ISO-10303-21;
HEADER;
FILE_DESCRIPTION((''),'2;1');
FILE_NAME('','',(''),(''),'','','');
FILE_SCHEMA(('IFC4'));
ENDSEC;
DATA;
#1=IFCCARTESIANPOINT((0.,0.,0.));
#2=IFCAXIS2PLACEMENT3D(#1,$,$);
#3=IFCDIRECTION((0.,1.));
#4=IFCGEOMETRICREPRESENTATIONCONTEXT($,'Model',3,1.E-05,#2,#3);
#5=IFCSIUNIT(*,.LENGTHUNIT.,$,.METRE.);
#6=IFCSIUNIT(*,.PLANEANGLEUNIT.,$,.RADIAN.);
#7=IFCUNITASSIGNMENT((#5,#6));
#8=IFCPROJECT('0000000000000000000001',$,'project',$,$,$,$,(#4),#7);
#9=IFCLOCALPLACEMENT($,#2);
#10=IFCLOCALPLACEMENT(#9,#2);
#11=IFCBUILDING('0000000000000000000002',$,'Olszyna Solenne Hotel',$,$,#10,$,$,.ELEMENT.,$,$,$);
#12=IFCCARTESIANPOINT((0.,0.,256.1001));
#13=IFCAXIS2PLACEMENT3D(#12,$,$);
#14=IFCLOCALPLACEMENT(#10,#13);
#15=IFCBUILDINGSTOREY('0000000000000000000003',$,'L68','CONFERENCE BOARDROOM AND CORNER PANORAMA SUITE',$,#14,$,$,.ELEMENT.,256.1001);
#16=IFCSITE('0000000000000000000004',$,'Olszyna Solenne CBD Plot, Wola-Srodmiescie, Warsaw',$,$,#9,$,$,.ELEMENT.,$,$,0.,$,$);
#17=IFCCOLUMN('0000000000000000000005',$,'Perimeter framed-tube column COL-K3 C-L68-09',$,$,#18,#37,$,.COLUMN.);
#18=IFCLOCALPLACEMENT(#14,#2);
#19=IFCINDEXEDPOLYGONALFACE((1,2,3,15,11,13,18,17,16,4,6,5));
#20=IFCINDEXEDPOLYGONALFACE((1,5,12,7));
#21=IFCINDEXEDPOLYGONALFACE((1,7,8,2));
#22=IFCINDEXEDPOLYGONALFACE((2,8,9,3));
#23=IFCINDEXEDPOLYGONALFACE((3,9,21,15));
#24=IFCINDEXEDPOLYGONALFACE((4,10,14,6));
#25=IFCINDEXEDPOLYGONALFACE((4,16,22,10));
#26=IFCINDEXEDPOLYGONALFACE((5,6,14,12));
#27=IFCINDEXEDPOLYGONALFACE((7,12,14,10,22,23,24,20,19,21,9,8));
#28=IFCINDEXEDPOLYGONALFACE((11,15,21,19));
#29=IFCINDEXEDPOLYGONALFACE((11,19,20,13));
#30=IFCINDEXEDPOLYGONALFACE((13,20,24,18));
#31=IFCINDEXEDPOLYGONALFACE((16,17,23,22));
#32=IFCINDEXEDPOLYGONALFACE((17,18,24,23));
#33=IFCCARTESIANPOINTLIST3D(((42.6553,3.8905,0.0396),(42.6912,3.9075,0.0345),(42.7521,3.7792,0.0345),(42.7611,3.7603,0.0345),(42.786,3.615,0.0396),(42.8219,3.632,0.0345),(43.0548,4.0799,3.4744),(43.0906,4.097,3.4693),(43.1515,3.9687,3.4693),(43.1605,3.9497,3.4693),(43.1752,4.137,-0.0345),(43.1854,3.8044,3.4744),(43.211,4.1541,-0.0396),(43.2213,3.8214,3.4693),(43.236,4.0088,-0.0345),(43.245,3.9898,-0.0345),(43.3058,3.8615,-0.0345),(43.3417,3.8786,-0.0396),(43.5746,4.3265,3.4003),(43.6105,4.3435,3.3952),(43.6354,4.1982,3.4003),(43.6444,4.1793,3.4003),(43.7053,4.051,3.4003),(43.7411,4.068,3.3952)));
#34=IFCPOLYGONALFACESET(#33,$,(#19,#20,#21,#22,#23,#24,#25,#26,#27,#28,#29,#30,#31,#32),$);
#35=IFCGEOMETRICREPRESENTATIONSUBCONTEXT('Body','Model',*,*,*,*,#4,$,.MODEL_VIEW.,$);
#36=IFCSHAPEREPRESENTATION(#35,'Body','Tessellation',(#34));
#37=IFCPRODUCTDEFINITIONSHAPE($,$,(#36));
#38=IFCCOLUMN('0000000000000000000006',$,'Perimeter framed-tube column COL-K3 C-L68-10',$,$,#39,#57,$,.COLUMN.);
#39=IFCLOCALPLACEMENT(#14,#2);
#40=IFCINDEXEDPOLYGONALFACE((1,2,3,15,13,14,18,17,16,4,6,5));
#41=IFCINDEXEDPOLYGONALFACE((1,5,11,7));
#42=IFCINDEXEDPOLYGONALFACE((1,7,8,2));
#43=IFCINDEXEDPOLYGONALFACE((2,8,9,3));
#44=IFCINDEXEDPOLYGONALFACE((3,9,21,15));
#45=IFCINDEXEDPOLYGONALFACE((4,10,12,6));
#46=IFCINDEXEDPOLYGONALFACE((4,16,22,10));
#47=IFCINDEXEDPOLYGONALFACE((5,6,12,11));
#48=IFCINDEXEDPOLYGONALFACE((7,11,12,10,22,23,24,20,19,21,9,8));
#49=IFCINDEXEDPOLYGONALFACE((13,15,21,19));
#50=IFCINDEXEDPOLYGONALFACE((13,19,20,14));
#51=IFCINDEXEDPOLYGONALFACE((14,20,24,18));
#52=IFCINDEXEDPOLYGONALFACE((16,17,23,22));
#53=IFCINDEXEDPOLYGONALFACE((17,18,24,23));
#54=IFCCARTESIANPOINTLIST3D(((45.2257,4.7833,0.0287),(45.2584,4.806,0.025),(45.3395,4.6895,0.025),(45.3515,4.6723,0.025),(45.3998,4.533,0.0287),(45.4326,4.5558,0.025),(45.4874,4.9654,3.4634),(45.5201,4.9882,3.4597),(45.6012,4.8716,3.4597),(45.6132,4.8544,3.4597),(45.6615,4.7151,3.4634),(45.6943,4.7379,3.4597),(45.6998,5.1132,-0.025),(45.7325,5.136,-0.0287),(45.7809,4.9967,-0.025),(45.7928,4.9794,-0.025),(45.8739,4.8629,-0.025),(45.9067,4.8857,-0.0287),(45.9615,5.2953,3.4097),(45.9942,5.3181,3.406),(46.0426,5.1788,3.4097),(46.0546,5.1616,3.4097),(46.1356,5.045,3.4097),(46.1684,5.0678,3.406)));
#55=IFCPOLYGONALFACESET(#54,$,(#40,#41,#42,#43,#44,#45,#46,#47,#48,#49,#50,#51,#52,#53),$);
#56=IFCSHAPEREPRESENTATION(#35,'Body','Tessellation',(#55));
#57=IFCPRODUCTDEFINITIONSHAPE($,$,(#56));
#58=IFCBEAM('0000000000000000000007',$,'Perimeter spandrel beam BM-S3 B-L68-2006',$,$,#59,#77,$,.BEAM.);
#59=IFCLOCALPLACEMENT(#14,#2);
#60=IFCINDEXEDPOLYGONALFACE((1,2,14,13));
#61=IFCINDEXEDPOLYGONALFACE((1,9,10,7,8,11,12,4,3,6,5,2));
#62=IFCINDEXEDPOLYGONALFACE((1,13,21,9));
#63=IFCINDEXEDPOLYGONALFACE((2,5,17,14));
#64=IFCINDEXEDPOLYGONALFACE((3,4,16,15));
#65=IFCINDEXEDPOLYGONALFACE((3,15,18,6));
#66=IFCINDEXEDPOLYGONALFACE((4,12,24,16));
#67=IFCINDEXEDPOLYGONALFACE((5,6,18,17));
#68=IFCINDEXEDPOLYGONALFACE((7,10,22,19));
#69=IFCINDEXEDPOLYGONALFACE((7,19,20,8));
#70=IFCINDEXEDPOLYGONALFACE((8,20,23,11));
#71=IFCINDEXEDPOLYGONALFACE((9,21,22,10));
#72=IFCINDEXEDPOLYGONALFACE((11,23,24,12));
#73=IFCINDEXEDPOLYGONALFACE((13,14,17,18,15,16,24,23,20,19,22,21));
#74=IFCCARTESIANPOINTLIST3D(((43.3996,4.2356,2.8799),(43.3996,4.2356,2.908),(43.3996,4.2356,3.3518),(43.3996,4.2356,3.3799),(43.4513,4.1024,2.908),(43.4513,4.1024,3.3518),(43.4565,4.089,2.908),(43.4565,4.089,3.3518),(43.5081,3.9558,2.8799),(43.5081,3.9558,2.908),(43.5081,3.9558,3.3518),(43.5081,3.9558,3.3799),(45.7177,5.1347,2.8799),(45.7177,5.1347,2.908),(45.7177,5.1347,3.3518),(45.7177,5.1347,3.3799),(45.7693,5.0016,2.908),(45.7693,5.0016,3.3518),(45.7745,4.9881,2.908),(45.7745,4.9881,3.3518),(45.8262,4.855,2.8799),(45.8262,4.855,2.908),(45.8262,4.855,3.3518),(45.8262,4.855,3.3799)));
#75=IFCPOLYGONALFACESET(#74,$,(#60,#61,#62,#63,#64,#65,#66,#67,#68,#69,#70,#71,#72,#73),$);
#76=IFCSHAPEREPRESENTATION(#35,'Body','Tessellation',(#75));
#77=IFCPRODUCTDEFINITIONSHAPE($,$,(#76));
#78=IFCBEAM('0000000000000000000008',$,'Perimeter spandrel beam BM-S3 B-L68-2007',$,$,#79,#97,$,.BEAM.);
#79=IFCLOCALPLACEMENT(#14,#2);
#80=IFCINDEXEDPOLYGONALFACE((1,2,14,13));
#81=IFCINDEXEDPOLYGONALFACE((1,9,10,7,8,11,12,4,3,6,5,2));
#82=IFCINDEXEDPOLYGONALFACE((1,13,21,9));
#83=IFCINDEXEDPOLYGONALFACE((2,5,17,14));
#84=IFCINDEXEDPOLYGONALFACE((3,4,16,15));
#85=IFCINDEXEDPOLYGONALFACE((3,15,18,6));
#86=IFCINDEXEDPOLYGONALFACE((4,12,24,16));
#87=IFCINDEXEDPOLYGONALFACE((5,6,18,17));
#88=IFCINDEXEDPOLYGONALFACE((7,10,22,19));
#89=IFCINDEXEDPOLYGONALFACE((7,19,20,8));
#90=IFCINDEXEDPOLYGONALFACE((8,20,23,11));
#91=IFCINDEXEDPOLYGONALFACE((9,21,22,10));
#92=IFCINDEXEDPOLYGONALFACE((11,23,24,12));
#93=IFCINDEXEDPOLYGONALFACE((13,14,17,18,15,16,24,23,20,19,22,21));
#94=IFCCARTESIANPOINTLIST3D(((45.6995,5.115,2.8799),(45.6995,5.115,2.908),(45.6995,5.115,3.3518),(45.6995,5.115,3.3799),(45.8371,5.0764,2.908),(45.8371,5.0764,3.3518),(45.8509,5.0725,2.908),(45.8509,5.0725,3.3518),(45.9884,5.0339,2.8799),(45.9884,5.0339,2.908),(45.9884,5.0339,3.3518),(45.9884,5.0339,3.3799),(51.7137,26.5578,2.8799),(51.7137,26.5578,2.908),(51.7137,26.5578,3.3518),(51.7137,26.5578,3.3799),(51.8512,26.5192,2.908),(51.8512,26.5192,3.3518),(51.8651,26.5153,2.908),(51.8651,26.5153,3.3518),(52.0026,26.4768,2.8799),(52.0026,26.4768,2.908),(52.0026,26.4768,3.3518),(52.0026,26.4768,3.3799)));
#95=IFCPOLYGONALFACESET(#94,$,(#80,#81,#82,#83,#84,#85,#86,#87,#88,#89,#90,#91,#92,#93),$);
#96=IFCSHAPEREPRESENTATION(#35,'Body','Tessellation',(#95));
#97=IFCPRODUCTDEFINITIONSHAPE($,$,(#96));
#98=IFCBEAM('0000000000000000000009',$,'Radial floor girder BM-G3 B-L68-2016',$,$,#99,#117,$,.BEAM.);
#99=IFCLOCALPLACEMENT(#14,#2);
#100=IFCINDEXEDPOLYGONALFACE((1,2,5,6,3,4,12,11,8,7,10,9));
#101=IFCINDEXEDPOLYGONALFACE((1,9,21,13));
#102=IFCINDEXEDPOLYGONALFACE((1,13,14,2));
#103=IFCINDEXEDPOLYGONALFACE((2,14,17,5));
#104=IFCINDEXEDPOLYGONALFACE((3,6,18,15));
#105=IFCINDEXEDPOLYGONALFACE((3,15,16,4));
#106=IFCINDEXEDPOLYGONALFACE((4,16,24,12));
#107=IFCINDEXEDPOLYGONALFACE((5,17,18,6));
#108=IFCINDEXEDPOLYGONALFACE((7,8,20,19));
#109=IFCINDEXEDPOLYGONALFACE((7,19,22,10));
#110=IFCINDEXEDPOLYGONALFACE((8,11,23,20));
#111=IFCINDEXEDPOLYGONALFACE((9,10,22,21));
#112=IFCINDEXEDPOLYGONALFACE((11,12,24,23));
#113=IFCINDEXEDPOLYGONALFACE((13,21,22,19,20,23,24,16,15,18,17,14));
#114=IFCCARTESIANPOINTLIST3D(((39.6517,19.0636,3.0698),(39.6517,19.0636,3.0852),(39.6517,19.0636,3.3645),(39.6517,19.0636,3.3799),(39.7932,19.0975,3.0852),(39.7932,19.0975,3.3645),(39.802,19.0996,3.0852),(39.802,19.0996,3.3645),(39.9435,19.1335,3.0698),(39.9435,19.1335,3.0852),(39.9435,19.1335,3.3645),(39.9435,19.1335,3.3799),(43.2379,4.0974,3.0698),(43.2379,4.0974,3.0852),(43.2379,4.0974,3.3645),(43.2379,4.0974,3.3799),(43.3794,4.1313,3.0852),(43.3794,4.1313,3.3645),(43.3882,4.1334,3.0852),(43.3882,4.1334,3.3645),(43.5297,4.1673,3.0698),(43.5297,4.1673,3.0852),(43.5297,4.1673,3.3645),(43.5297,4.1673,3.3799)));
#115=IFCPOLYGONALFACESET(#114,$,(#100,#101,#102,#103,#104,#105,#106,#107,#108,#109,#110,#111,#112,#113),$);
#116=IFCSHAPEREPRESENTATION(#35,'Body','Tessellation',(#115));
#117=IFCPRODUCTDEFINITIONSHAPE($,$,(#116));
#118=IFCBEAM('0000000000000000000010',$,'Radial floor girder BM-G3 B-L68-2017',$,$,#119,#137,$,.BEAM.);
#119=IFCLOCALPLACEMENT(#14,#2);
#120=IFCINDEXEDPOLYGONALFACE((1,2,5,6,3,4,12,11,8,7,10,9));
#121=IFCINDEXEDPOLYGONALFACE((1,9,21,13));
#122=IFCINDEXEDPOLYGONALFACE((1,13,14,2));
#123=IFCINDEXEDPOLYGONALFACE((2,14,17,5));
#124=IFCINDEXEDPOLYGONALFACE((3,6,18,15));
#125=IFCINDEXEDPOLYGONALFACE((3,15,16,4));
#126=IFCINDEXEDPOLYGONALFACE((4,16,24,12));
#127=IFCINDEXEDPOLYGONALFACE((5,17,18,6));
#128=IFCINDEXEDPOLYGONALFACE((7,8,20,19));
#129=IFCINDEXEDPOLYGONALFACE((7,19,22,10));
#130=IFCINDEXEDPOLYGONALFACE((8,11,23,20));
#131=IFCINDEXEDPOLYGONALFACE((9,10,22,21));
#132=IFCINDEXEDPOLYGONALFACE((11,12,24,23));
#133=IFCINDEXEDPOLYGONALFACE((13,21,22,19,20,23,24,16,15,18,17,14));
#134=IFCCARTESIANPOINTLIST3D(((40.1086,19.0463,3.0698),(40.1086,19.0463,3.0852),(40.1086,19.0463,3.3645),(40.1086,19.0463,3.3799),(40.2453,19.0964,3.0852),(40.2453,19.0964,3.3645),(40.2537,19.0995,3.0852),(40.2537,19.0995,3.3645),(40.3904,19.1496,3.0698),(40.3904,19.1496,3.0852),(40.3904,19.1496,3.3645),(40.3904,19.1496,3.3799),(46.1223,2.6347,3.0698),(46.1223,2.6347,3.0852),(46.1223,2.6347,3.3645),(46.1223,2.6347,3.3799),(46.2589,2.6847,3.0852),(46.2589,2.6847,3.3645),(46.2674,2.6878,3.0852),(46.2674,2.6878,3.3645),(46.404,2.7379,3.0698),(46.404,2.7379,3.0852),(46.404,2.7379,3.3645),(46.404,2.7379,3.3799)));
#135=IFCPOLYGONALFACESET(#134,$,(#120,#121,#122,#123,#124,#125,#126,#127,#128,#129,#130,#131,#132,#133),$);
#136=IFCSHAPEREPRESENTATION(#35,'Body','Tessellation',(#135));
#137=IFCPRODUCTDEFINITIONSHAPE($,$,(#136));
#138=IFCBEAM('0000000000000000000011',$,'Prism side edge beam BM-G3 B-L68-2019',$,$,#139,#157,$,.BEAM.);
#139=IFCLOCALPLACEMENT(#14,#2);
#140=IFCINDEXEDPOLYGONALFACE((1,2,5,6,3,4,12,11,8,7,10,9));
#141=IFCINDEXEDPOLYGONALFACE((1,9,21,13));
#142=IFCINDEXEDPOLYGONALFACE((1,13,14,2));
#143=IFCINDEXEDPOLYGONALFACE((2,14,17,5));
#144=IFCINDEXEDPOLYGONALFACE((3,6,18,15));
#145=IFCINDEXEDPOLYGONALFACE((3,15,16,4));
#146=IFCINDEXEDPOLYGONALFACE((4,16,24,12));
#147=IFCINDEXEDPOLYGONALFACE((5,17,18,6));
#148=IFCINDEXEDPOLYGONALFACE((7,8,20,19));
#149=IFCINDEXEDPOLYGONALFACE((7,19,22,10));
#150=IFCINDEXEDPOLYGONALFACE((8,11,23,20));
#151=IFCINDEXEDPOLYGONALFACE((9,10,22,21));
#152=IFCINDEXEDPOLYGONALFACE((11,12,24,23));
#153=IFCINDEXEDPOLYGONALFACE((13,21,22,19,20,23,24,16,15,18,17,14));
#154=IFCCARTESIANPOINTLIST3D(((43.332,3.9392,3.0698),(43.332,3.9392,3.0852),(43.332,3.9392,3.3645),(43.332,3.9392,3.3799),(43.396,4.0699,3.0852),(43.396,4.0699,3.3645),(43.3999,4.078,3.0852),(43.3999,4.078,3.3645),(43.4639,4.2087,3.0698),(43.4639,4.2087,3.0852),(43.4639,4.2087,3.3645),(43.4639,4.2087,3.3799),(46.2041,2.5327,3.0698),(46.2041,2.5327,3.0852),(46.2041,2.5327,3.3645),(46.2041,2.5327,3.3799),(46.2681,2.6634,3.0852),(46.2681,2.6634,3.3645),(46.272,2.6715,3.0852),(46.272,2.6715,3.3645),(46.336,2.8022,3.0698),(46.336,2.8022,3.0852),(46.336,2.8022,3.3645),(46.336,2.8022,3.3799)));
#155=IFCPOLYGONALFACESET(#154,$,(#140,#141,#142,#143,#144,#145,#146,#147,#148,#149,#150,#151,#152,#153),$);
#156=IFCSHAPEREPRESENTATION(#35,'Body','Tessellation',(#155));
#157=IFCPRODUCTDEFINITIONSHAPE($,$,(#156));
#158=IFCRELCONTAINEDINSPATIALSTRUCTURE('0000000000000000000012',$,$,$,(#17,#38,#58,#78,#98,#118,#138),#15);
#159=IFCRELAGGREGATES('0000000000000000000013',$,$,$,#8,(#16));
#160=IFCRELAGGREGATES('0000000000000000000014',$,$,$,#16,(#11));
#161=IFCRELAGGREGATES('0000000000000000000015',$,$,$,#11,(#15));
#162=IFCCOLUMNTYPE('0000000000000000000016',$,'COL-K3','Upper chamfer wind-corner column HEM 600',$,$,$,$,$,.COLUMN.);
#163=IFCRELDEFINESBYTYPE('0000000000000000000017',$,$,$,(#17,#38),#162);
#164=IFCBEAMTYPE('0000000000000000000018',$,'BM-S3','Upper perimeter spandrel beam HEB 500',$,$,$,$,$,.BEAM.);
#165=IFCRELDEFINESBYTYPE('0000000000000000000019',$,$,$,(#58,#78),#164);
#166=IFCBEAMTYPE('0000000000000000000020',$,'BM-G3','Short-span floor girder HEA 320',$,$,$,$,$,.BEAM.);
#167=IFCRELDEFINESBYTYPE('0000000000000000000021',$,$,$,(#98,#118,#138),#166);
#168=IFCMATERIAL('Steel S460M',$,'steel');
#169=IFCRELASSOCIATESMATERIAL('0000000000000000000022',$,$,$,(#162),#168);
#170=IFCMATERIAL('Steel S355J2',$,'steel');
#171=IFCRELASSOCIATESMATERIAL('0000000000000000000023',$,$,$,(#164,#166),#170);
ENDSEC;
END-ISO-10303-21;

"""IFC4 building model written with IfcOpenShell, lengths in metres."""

from ifc_helpers import new_model, si_unit, direction, frame, origin, origin_2d, place, context, subcontext, project, spatial, i_section, extrude, source, transform, mapped, material, material_profile, profile_set, type_object, element, save


model = new_model("IFC4")

# Units and contexts
model_context = context("Model", 3, precision=1e-05, world=origin(), true_north=direction((0.0, 1.0)))
body_context = subcontext(model_context, "Body", "Model", "MODEL_VIEW")
ifc_project = project(units=[si_unit("LENGTHUNIT", "METRE"), si_unit("PLANEANGLEUNIT", "RADIAN")], contexts=[model_context])

# Site, building, storey
site_placement = place(None, origin())
site = spatial("IfcSite", under=ifc_project, at=site_placement, Name="Olszyna Solenne CBD Plot, Wola-Srodmiescie, Warsaw", CompositionType="ELEMENT", RefElevation=0.0)
building_placement = place(site_placement, origin())
building = spatial("IfcBuilding", under=site, at=building_placement, Name="Olszyna Solenne Hotel", CompositionType="ELEMENT")
storey_placement = place(building_placement, frame((0.0, 0.0, 256.1001)))
storey = spatial("IfcBuildingStorey", under=building, at=storey_placement, Name="L68", Description="CONFERENCE BOARDROOM AND CORNER PANORAMA SUITE", CompositionType="ELEMENT", Elevation=256.1001)

# Columns
ifc_material_1 = material(Name="Steel S460M", Category="steel")
ifc_material_profile_1 = material_profile(ifc_material_1, i_section(OverallWidth=0.3049, OverallDepth=0.6201, WebThickness=0.021, FlangeThickness=0.04, at=origin_2d()), Name="HEM 600", Category="load-bearing")
ifc_profile_set_1 = profile_set([ifc_material_profile_1], Name="Steel S460M")
column_type = type_object("IfcColumnType", Name="COL-K3", Description="Upper chamfer wind-corner column HEM 600", PredefinedType="COLUMN", material=ifc_profile_set_1)
shared_shape_1 = source(origin(), body_context, "Body", "SweptSolid", [
    extrude(i_section(OverallWidth=0.3049, OverallDepth=0.6201, WebThickness=0.021, FlangeThickness=0.04, at=origin_2d()), origin(), (0.0, 0.0, 1.0), 3.4631),
])
column_1_placement = place(storey_placement, frame((42.9985, 3.8845, 0.0), z_axis=(0.115333, 0.054706, 0.991819), x_axis=(-0.428561, 0.903513, 0.0)))
element("IfcColumn", 1, at=column_1_placement, inside=storey, type_object=column_type, Name="Perimeter framed-tube column COL-K3 C-L68-09", PredefinedType="COLUMN", context=body_context, shape_type="MappedRepresentation", body=[
    mapped(shared_shape_1, transform((0.0, 0.0, 0.0), x_axis=(1.0, 0.0, 0.0), y_axis=(0.0, 1.0, 0.0), z_axis=(0.0, 0.0, 1.0), scale=1.0)),
])
shared_shape_2 = source(origin(), body_context, "Body", "SweptSolid", [
    extrude(i_section(OverallWidth=0.3049, OverallDepth=0.6201, WebThickness=0.021, FlangeThickness=0.04, at=origin_2d()), origin(), (0.0, 0.0, 1.0), 3.4495),
])
column_2_placement = place(storey_placement, frame((45.5662, 4.8345, 0.0), z_axis=(0.07587, 0.052797, 0.995719), x_axis=(-0.571199, 0.820812, 0.0)))
element("IfcColumn", 2, at=column_2_placement, inside=storey, type_object=column_type, Name="Perimeter framed-tube column COL-K3 C-L68-10", PredefinedType="COLUMN", context=body_context, shape_type="MappedRepresentation", body=[
    mapped(shared_shape_2, transform((0.0, 0.0, 0.0), x_axis=(1.0, 0.0, 0.0), y_axis=(0.0, 1.0, 0.0), z_axis=(0.0, 0.0, 1.0), scale=1.0)),
])

# Beams
ifc_material_2 = material(Name="Steel S355J2", Category="steel")
ifc_material_profile_2 = material_profile(ifc_material_2, i_section(OverallWidth=0.3, OverallDepth=0.5, WebThickness=0.0144, FlangeThickness=0.0281, at=origin_2d()), Name="HEB 500", Category="load-bearing")
ifc_profile_set_2 = profile_set([ifc_material_profile_2], Name="Steel S355J2")
beam_type_1 = type_object("IfcBeamType", Name="BM-S3", Description="Upper perimeter spandrel beam HEB 500", PredefinedType="BEAM", material=ifc_profile_set_2)
shared_shape_3 = source(origin(), body_context, "Body", "SweptSolid", [
    extrude(i_section(OverallWidth=0.3, OverallDepth=0.5, WebThickness=0.0144, FlangeThickness=0.0281, at=origin_2d()), origin(), (0.0, 0.0, 1.0), 2.4863),
])
beam_1_placement = place(storey_placement, frame((43.4539, 4.0957, 3.1299), z_axis=(0.932319, 0.361636, 0.0), x_axis=(-0.361636, 0.932319, 0.0)))
element("IfcBeam", 3, at=beam_1_placement, inside=storey, type_object=beam_type_1, Name="Perimeter spandrel beam BM-S3 B-L68-2006", PredefinedType="BEAM", context=body_context, shape_type="MappedRepresentation", body=[
    mapped(shared_shape_3, transform((0.0, 0.0, 0.0), x_axis=(1.0, 0.0, 0.0), y_axis=(0.0, 1.0, 0.0), z_axis=(0.0, 0.0, 1.0), scale=1.0)),
])
shared_shape_4 = source(origin(), body_context, "Body", "SweptSolid", [
    extrude(i_section(OverallWidth=0.3, OverallDepth=0.5, WebThickness=0.0144, FlangeThickness=0.0281, at=origin_2d()), origin(), (0.0, 0.0, 1.0), 22.2703),
])
beam_2_placement = place(storey_placement, frame((45.844, 5.0745, 3.1299), z_axis=(0.270053, 0.962846, 0.0), x_axis=(-0.962846, 0.270053, 0.0)))
element("IfcBeam", 4, at=beam_2_placement, inside=storey, type_object=beam_type_1, Name="Perimeter spandrel beam BM-S3 B-L68-2007", PredefinedType="BEAM", context=body_context, shape_type="MappedRepresentation", body=[
    mapped(shared_shape_4, transform((0.0, 0.0, 0.0), x_axis=(1.0, 0.0, 0.0), y_axis=(0.0, 1.0, 0.0), z_axis=(0.0, 0.0, 1.0), scale=1.0)),
])
ifc_material_profile_3 = material_profile(ifc_material_2, i_section(OverallWidth=0.3, OverallDepth=0.3101, WebThickness=0.009, FlangeThickness=0.0154, at=origin_2d()), Name="HEA 320", Category="load-bearing")
ifc_profile_set_3 = profile_set([ifc_material_profile_3], Name="Steel S355J2")
beam_type_2 = type_object("IfcBeamType", Name="BM-G3", Description="Short-span floor girder HEA 320", PredefinedType="BEAM", material=ifc_profile_set_3)
shared_shape_5 = source(origin(), body_context, "Body", "SweptSolid", [
    extrude(i_section(OverallWidth=0.3, OverallDepth=0.3101, WebThickness=0.009, FlangeThickness=0.0154, at=origin_2d()), origin(), (0.0, 0.0, 1.0), 15.3899),
])
beam_3_placement = place(storey_placement, frame((43.3838, 4.1323, 3.2249), z_axis=(-0.233021, 0.972472, 0.0), x_axis=(-0.972472, -0.233021, 0.0)))
element("IfcBeam", 5, at=beam_3_placement, inside=storey, type_object=beam_type_2, Name="Radial floor girder BM-G3 B-L68-2016", PredefinedType="BEAM", context=body_context, shape_type="MappedRepresentation", body=[
    mapped(shared_shape_5, transform((0.0, 0.0, 0.0), x_axis=(1.0, 0.0, 0.0), y_axis=(0.0, 1.0, 0.0), z_axis=(0.0, 0.0, 1.0), scale=1.0)),
])
shared_shape_6 = source(origin(), body_context, "Body", "SweptSolid", [
    extrude(i_section(OverallWidth=0.3, OverallDepth=0.3101, WebThickness=0.009, FlangeThickness=0.0154, at=origin_2d()), origin(), (0.0, 0.0, 1.0), 17.4788),
])
beam_4_placement = place(storey_placement, frame((46.2632, 2.6863, 3.2249), z_axis=(-0.344057, 0.938949, 0.0), x_axis=(-0.938949, -0.344057, 0.0)))
element("IfcBeam", 6, at=beam_4_placement, inside=storey, type_object=beam_type_2, Name="Radial floor girder BM-G3 B-L68-2017", PredefinedType="BEAM", context=body_context, shape_type="MappedRepresentation", body=[
    mapped(shared_shape_6, transform((0.0, 0.0, 0.0), x_axis=(1.0, 0.0, 0.0), y_axis=(0.0, 1.0, 0.0), z_axis=(0.0, 0.0, 1.0), scale=1.0)),
])
shared_shape_7 = source(origin(), body_context, "Body", "SweptSolid", [
    extrude(i_section(OverallWidth=0.3, OverallDepth=0.3101, WebThickness=0.009, FlangeThickness=0.0154, at=origin_2d()), origin(), (0.0, 0.0, 1.0), 3.198),
])
beam_5_placement = place(storey_placement, frame((43.3979, 4.074, 3.2249), z_axis=(0.898092, -0.439808, 0.0), x_axis=(0.439808, 0.898092, 0.0)))
element("IfcBeam", 7, at=beam_5_placement, inside=storey, type_object=beam_type_2, Name="Prism side edge beam BM-G3 B-L68-2019", PredefinedType="BEAM", context=body_context, shape_type="MappedRepresentation", body=[
    mapped(shared_shape_7, transform((0.0, 0.0, 0.0), x_axis=(1.0, 0.0, 0.0), y_axis=(0.0, 1.0, 0.0), z_axis=(0.0, 0.0, 1.0), scale=1.0)),
])

save(model, "model.ifc")
